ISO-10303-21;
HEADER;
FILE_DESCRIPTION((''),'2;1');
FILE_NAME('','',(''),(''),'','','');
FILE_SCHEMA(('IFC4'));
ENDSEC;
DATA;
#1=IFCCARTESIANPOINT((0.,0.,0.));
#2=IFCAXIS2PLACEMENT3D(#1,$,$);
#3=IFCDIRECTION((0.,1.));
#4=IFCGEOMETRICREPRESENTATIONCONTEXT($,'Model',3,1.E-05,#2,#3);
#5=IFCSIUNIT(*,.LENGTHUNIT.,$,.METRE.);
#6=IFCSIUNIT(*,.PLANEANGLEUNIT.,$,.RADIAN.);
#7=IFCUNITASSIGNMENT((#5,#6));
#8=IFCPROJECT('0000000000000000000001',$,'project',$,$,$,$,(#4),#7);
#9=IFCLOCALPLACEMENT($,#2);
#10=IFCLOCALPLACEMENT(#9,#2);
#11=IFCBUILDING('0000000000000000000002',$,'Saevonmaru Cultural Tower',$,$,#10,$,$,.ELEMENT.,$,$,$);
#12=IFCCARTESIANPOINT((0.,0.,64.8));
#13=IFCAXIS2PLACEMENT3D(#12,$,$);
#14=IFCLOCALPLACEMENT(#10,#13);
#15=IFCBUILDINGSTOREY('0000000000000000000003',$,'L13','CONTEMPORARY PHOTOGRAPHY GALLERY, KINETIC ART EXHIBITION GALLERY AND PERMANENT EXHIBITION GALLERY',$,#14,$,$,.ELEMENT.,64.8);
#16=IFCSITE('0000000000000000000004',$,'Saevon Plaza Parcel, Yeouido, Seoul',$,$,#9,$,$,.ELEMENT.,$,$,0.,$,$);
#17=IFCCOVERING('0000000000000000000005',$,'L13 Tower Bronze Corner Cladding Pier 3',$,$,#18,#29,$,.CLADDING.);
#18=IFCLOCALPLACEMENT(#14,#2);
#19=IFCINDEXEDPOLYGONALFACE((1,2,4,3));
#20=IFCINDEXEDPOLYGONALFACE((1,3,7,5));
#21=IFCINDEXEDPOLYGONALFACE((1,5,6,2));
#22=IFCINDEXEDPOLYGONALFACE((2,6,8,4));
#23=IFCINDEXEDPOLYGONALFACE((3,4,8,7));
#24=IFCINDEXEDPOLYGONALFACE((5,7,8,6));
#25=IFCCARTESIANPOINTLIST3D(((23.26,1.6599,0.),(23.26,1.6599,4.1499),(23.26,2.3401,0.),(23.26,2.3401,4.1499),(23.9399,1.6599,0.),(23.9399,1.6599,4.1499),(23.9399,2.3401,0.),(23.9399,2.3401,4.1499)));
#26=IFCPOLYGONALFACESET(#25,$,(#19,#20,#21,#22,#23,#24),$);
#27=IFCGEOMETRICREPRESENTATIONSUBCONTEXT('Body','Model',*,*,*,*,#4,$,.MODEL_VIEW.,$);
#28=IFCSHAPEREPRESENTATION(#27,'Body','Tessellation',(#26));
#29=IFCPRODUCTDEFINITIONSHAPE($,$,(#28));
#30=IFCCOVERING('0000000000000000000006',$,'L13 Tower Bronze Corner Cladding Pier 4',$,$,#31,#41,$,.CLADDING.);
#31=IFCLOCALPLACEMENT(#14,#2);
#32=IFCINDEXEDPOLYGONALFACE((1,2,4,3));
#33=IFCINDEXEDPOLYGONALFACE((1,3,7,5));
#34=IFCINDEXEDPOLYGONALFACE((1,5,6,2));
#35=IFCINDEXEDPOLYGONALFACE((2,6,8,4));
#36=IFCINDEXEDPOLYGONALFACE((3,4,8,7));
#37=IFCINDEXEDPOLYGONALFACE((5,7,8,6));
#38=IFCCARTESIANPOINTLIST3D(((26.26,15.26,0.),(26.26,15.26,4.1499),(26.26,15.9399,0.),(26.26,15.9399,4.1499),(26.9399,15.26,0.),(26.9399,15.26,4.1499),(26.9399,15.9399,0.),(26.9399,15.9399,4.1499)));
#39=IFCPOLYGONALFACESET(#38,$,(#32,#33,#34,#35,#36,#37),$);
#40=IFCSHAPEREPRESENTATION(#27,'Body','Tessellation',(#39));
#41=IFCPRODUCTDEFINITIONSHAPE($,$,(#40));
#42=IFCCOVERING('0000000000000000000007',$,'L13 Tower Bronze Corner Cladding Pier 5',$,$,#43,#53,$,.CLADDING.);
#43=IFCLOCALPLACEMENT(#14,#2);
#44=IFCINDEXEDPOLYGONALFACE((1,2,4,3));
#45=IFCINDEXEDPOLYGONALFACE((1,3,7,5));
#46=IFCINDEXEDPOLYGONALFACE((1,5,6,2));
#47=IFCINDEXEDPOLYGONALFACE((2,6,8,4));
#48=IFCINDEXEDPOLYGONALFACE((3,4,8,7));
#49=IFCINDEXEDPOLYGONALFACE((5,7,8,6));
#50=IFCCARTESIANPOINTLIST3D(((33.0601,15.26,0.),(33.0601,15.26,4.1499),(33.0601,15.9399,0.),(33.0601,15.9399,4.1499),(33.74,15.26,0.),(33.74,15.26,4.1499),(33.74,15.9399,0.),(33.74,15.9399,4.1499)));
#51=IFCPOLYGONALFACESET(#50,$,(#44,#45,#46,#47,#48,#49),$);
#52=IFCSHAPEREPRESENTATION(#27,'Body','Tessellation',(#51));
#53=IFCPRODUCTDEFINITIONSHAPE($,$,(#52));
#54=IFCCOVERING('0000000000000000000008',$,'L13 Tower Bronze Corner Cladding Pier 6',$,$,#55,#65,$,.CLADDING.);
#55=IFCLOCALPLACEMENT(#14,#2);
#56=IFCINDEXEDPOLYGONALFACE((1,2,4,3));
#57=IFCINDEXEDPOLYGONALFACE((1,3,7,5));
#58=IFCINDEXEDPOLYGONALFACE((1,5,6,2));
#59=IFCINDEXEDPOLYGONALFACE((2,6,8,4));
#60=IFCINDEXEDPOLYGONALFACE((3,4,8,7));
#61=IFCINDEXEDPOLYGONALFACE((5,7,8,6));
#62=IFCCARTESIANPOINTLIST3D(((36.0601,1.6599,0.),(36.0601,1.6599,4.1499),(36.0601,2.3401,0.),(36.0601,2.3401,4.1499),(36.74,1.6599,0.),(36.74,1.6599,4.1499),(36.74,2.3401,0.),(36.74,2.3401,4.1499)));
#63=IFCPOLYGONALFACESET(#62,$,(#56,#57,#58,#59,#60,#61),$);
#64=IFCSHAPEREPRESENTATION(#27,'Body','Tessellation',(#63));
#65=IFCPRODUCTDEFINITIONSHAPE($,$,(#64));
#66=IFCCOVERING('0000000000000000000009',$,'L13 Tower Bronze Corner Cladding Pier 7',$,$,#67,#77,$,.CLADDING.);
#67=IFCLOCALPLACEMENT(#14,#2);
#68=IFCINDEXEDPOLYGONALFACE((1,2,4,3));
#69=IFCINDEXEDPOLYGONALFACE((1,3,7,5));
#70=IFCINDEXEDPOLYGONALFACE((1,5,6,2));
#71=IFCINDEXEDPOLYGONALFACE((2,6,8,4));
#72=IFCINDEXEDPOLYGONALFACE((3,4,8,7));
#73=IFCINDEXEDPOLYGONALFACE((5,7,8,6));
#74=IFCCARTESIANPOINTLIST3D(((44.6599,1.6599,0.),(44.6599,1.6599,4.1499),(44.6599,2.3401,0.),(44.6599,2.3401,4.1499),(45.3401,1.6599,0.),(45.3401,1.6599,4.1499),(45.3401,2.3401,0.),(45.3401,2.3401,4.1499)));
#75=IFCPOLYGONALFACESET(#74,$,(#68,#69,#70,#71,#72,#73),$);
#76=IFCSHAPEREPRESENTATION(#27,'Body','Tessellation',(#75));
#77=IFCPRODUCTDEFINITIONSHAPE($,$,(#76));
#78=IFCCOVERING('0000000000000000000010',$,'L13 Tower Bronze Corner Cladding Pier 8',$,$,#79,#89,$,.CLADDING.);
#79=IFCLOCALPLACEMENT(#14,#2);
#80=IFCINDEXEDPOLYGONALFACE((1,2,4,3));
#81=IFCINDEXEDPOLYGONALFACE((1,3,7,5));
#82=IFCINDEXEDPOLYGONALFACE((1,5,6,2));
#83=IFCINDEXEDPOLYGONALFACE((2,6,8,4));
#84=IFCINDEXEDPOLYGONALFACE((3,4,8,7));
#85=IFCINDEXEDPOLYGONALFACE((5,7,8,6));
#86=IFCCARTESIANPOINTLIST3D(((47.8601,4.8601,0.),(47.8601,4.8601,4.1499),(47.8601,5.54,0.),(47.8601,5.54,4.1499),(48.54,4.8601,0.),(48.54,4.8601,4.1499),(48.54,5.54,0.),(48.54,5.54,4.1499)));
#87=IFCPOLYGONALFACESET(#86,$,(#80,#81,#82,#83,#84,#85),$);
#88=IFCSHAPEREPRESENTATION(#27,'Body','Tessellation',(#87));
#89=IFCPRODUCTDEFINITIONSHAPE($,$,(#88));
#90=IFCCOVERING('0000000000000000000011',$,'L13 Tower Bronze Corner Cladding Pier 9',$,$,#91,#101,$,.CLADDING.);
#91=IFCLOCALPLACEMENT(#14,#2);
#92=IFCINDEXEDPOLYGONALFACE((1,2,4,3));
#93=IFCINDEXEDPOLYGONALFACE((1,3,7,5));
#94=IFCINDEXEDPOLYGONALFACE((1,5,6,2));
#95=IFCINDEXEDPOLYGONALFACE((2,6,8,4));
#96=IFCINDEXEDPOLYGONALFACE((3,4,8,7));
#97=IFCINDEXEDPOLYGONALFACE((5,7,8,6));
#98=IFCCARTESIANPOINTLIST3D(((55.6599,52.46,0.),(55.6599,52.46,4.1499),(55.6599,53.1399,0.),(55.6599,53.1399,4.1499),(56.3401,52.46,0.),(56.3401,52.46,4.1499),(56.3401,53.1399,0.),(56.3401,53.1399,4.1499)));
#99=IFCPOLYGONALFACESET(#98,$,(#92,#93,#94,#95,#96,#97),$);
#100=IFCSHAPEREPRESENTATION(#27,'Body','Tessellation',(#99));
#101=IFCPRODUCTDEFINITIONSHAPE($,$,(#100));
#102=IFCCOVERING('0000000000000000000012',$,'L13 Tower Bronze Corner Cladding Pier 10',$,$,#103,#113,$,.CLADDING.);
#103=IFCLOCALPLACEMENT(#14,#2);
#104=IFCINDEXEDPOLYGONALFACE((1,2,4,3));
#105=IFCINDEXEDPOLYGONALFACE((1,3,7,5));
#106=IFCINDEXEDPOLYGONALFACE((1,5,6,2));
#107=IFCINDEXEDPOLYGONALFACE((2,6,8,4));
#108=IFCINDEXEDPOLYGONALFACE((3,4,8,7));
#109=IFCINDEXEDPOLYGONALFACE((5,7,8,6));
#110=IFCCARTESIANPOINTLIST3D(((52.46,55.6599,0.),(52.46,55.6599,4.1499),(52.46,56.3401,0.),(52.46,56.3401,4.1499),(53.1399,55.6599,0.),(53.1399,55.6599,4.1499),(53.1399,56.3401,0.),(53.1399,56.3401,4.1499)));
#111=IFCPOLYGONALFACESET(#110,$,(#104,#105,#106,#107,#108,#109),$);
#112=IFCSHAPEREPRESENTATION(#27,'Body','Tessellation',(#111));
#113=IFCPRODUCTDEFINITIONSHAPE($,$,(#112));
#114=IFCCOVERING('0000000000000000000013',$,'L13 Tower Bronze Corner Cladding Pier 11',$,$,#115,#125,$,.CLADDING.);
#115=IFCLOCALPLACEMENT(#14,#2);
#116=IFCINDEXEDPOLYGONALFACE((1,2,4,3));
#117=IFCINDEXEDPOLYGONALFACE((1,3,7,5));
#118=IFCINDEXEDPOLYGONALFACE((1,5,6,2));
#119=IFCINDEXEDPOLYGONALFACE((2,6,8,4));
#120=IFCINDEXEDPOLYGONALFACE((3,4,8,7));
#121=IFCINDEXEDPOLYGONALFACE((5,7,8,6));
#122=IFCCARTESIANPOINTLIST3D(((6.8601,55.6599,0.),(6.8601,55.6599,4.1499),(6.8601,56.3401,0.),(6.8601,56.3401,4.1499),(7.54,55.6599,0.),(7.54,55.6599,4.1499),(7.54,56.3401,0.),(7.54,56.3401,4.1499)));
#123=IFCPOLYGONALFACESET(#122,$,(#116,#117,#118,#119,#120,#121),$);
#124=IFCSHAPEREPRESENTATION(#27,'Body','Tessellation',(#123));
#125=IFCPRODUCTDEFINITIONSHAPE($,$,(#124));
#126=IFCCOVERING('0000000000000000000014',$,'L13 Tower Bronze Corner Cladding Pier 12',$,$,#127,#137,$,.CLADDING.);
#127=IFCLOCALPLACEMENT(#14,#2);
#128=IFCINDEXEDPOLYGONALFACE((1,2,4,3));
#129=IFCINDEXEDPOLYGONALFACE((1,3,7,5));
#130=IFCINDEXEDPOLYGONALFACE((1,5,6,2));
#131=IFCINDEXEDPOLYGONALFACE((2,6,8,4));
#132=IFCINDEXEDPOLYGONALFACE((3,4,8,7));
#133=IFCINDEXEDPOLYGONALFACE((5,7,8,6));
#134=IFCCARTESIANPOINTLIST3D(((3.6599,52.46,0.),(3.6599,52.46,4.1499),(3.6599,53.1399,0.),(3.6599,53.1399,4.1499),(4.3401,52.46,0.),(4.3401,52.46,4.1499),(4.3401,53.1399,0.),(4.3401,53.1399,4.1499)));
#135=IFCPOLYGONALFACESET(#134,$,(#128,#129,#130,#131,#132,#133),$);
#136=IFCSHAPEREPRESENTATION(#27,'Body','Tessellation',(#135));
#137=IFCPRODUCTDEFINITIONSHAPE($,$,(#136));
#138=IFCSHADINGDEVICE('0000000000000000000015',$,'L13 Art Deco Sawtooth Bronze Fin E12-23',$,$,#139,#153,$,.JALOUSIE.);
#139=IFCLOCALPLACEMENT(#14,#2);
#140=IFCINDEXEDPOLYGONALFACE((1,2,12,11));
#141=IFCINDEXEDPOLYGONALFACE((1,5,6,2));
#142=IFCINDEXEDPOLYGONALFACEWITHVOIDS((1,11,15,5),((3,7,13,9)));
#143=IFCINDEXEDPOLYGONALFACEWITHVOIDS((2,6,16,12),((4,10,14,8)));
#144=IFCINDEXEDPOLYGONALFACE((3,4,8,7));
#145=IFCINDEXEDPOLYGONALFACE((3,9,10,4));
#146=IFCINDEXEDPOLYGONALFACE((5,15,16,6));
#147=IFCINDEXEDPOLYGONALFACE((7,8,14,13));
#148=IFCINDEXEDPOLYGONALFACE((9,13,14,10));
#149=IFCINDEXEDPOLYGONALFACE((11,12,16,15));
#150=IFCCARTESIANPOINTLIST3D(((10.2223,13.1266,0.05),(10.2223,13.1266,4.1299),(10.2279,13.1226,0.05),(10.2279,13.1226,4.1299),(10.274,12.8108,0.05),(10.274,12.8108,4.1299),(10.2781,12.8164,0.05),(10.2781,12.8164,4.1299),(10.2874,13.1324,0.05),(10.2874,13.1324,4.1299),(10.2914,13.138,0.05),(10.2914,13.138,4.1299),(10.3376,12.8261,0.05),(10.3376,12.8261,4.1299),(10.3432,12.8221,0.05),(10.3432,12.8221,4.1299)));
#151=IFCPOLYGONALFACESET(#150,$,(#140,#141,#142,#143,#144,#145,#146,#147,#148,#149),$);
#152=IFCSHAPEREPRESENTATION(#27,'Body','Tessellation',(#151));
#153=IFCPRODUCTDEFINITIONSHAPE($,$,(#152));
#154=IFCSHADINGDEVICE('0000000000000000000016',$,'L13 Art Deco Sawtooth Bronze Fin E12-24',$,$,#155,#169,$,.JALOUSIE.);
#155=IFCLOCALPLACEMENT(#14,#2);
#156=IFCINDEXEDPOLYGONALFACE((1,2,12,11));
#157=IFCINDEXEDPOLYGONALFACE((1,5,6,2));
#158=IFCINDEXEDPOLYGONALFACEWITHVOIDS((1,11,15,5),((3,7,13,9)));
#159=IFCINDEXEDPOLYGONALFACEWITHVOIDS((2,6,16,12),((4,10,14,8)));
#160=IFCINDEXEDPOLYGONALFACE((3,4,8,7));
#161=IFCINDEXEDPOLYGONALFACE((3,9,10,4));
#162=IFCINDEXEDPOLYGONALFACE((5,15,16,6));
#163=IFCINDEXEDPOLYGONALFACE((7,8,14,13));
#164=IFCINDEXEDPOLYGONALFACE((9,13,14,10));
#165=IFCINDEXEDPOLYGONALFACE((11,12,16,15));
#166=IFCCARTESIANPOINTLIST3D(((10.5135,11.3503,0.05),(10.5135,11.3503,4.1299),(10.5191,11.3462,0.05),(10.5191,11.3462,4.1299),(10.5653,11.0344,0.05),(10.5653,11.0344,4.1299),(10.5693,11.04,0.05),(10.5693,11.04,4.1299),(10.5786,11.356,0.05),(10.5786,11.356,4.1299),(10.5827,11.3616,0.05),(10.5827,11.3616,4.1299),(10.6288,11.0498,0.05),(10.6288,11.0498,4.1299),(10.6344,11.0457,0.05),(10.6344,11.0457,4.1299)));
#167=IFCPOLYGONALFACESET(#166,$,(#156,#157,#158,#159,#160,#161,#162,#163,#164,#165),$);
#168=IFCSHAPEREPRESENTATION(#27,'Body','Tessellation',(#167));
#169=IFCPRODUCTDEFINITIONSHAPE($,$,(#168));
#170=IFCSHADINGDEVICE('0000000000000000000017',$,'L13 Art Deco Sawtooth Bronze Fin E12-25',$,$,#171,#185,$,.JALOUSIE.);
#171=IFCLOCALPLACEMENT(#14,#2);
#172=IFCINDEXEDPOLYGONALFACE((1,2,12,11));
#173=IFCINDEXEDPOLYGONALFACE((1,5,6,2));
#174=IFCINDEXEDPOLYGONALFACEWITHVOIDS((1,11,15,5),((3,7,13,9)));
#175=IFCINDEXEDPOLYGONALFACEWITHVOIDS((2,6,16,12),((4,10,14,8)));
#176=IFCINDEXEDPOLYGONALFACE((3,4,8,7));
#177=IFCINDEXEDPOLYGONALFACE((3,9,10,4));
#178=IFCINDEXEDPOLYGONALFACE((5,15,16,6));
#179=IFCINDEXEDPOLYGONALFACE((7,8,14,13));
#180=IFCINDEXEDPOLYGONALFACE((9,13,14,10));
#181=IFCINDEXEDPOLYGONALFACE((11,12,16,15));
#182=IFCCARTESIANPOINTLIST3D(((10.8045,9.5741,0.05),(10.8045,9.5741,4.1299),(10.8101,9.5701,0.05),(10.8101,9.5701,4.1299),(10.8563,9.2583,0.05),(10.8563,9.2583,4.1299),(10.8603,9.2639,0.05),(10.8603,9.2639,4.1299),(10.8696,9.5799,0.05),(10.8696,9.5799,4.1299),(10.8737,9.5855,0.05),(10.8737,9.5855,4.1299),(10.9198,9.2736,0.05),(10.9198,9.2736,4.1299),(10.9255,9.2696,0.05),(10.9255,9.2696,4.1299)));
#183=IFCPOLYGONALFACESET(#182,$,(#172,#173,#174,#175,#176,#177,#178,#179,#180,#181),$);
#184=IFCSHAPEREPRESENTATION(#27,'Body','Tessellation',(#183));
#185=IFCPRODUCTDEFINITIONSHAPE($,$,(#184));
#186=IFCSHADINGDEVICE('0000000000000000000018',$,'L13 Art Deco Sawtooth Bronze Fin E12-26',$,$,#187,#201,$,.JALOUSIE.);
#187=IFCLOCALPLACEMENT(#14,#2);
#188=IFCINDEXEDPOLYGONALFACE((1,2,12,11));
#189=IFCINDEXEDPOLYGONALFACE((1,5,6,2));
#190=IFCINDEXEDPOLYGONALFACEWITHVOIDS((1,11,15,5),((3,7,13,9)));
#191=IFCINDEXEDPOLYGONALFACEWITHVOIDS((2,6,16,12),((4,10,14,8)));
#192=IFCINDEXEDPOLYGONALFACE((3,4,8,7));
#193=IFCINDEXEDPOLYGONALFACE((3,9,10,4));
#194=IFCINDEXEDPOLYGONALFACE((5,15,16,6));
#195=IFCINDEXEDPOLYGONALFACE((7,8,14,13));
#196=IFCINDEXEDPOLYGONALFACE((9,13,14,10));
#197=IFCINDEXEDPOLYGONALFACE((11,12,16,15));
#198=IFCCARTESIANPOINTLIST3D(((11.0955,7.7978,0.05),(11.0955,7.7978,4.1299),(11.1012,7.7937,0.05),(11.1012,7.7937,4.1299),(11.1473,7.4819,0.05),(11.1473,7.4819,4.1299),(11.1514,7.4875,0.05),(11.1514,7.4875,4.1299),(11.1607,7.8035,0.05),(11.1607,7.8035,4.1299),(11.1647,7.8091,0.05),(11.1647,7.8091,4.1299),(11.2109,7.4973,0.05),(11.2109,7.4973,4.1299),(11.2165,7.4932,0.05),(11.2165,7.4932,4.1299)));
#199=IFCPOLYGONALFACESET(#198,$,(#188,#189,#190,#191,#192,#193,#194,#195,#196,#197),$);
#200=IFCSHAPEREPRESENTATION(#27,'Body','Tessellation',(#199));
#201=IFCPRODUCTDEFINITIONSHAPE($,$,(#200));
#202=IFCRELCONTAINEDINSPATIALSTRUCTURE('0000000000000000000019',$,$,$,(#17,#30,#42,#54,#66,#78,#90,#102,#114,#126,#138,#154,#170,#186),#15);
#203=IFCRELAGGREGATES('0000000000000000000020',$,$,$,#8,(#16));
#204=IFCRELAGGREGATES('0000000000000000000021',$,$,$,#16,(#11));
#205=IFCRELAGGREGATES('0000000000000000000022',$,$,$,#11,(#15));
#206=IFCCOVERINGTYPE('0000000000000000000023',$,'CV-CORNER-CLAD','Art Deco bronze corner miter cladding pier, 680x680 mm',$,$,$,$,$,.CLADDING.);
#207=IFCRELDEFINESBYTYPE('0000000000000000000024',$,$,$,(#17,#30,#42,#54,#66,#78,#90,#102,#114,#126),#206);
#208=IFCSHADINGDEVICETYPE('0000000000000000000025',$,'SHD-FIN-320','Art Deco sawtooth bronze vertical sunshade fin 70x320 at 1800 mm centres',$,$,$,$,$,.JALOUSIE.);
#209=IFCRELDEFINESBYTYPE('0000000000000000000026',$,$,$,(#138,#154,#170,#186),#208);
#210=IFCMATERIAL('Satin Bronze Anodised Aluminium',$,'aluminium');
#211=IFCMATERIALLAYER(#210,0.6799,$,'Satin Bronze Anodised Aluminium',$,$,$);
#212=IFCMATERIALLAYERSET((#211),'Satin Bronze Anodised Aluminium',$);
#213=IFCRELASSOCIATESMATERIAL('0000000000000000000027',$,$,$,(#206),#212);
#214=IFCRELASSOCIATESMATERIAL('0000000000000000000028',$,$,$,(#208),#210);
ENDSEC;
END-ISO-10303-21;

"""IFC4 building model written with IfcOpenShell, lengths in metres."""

from ifc_helpers import new_model, si_unit, direction, frame, origin, origin_2d, place, context, subcontext, project, spatial, polyline, hollow_rectangle, outline, extrude, material, layer, layer_set, material_profile, profile_set, type_object, element, save


model = new_model("IFC4")

# Units and contexts
model_context = context("Model", 3, precision=1e-05, world=origin(), true_north=direction((0.0, 1.0)))
body_context = subcontext(model_context, "Body", "Model", "MODEL_VIEW")
ifc_project = project(units=[si_unit("LENGTHUNIT", "METRE"), si_unit("PLANEANGLEUNIT", "RADIAN")], contexts=[model_context])

# Site, building, storey
site_placement = place(None, origin())
site = spatial("IfcSite", under=ifc_project, at=site_placement, Name="Saevon Plaza Parcel, Yeouido, Seoul", CompositionType="ELEMENT", RefElevation=0.0)
building_placement = place(site_placement, origin())
building = spatial("IfcBuilding", under=site, at=building_placement, Name="Saevonmaru Cultural Tower", CompositionType="ELEMENT")
storey_placement = place(building_placement, frame((0.0, 0.0, 64.8)))
storey = spatial("IfcBuildingStorey", under=building, at=storey_placement, Name="L13", Description="CONTEMPORARY PHOTOGRAPHY GALLERY, KINETIC ART EXHIBITION GALLERY AND PERMANENT EXHIBITION GALLERY", CompositionType="ELEMENT", Elevation=64.8)

# Shared definitions
ifc_material_1 = material(Name="Satin Bronze Anodised Aluminium", Category="aluminium")

# Coverings
ifc_layer_1 = layer(ifc_material_1, 0.6799, Name="Satin Bronze Anodised Aluminium")
ifc_layer_set_1 = layer_set([ifc_layer_1], Name="Satin Bronze Anodised Aluminium")
covering_type = type_object("IfcCoveringType", Name="CV-CORNER-CLAD", Description="Art Deco bronze corner miter cladding pier, 680x680 mm", PredefinedType="CLADDING", material=ifc_layer_set_1)
covering_1_placement = place(storey_placement, origin())
element("IfcCovering", 1, at=covering_1_placement, inside=storey, type_object=covering_type, Name="L13 Tower Bronze Corner Cladding Pier 3", PredefinedType="CLADDING", context=body_context, shape_type="SweptSolid", body=[
    extrude(outline(polyline([(23.26, 1.6599), (23.9399, 1.6599), (23.9399, 2.3401), (23.26, 2.3401), (23.26, 1.6599)])), origin(), (0.0, 0.0, 1.0), 4.1499),
])
covering_2_placement = place(storey_placement, origin())
element("IfcCovering", 2, at=covering_2_placement, inside=storey, type_object=covering_type, Name="L13 Tower Bronze Corner Cladding Pier 4", PredefinedType="CLADDING", context=body_context, shape_type="SweptSolid", body=[
    extrude(outline(polyline([(26.26, 15.26), (26.9399, 15.26), (26.9399, 15.9399), (26.26, 15.9399), (26.26, 15.26)])), origin(), (0.0, 0.0, 1.0), 4.1499),
])
covering_3_placement = place(storey_placement, origin())
element("IfcCovering", 3, at=covering_3_placement, inside=storey, type_object=covering_type, Name="L13 Tower Bronze Corner Cladding Pier 5", PredefinedType="CLADDING", context=body_context, shape_type="SweptSolid", body=[
    extrude(outline(polyline([(33.0601, 15.26), (33.74, 15.26), (33.74, 15.9399), (33.0601, 15.9399), (33.0601, 15.26)])), origin(), (0.0, 0.0, 1.0), 4.1499),
])
covering_4_placement = place(storey_placement, origin())
element("IfcCovering", 4, at=covering_4_placement, inside=storey, type_object=covering_type, Name="L13 Tower Bronze Corner Cladding Pier 6", PredefinedType="CLADDING", context=body_context, shape_type="SweptSolid", body=[
    extrude(outline(polyline([(36.0601, 1.6599), (36.74, 1.6599), (36.74, 2.3401), (36.0601, 2.3401), (36.0601, 1.6599)])), origin(), (0.0, 0.0, 1.0), 4.1499),
])
covering_5_placement = place(storey_placement, origin())
element("IfcCovering", 5, at=covering_5_placement, inside=storey, type_object=covering_type, Name="L13 Tower Bronze Corner Cladding Pier 7", PredefinedType="CLADDING", context=body_context, shape_type="SweptSolid", body=[
    extrude(outline(polyline([(44.6599, 1.6599), (45.3401, 1.6599), (45.3401, 2.3401), (44.6599, 2.3401), (44.6599, 1.6599)])), origin(), (0.0, 0.0, 1.0), 4.1499),
])
covering_6_placement = place(storey_placement, origin())
element("IfcCovering", 6, at=covering_6_placement, inside=storey, type_object=covering_type, Name="L13 Tower Bronze Corner Cladding Pier 8", PredefinedType="CLADDING", context=body_context, shape_type="SweptSolid", body=[
    extrude(outline(polyline([(47.8601, 4.8601), (48.54, 4.8601), (48.54, 5.54), (47.8601, 5.54), (47.8601, 4.8601)])), origin(), (0.0, 0.0, 1.0), 4.1499),
])
covering_7_placement = place(storey_placement, origin())
element("IfcCovering", 7, at=covering_7_placement, inside=storey, type_object=covering_type, Name="L13 Tower Bronze Corner Cladding Pier 9", PredefinedType="CLADDING", context=body_context, shape_type="SweptSolid", body=[
    extrude(outline(polyline([(55.6599, 52.46), (56.3401, 52.46), (56.3401, 53.1399), (55.6599, 53.1399), (55.6599, 52.46)])), origin(), (0.0, 0.0, 1.0), 4.1499),
])
covering_8_placement = place(storey_placement, origin())
element("IfcCovering", 8, at=covering_8_placement, inside=storey, type_object=covering_type, Name="L13 Tower Bronze Corner Cladding Pier 10", PredefinedType="CLADDING", context=body_context, shape_type="SweptSolid", body=[
    extrude(outline(polyline([(52.46, 55.6599), (53.1399, 55.6599), (53.1399, 56.3401), (52.46, 56.3401), (52.46, 55.6599)])), origin(), (0.0, 0.0, 1.0), 4.1499),
])
covering_9_placement = place(storey_placement, origin())
element("IfcCovering", 9, at=covering_9_placement, inside=storey, type_object=covering_type, Name="L13 Tower Bronze Corner Cladding Pier 11", PredefinedType="CLADDING", context=body_context, shape_type="SweptSolid", body=[
    extrude(outline(polyline([(6.8601, 55.6599), (7.54, 55.6599), (7.54, 56.3401), (6.8601, 56.3401), (6.8601, 55.6599)])), origin(), (0.0, 0.0, 1.0), 4.1499),
])
covering_10_placement = place(storey_placement, origin())
element("IfcCovering", 10, at=covering_10_placement, inside=storey, type_object=covering_type, Name="L13 Tower Bronze Corner Cladding Pier 12", PredefinedType="CLADDING", context=body_context, shape_type="SweptSolid", body=[
    extrude(outline(polyline([(3.6599, 52.46), (4.3401, 52.46), (4.3401, 53.1399), (3.6599, 53.1399), (3.6599, 52.46)])), origin(), (0.0, 0.0, 1.0), 4.1499),
])

# Shading devices
ifc_material_profile_1 = material_profile(ifc_material_1, hollow_rectangle(XDim=0.0701, YDim=0.3201, WallThickness=0.0049, at=origin_2d()), Name="FIN-320x70")
ifc_profile_set_1 = profile_set([ifc_material_profile_1], Name="Satin Bronze Anodised Aluminium")
shading_device_type = type_object("IfcShadingDeviceType", Name="SHD-FIN-320", Description="Art Deco sawtooth bronze vertical sunshade fin 70x320 at 1800 mm centres", PredefinedType="JALOUSIE", material=ifc_profile_set_1)
for number, where, z_axis, x_axis, name in (
    (11, (10.2827, 12.9744, 0.05), (0.0, 0.0, 1.0), (-0.986827, -0.161776, 0.0), "L13 Art Deco Sawtooth Bronze Fin E12-23"),
    (12, (10.574, 11.198, 0.05), (0.0, 0.0, 1.0), (-0.986827, -0.161776, 0.0), "L13 Art Deco Sawtooth Bronze Fin E12-24"),
    (13, (10.865, 9.4219, 0.05), (0.0, 0.0, 1.0), (-0.986827, -0.161776, 0.0), "L13 Art Deco Sawtooth Bronze Fin E12-25"),
    (14, (11.156, 7.6455, 0.05), (0.0, 0.0, 1.0), (-0.986827, -0.161776, 0.0), "L13 Art Deco Sawtooth Bronze Fin E12-26"),
):
    element("IfcShadingDevice", number, at=place(storey_placement, frame(where, z_axis=z_axis, x_axis=x_axis)), inside=storey, type_object=shading_device_type, Name=name, PredefinedType="JALOUSIE", context=body_context, shape_type="SweptSolid", body=[
        extrude(hollow_rectangle(XDim=0.0701, YDim=0.3201, WallThickness=0.0049, at=origin_2d()), origin(), (0.0, 0.0, 1.0), 4.0798),
    ])

save(model, "model.ifc")
